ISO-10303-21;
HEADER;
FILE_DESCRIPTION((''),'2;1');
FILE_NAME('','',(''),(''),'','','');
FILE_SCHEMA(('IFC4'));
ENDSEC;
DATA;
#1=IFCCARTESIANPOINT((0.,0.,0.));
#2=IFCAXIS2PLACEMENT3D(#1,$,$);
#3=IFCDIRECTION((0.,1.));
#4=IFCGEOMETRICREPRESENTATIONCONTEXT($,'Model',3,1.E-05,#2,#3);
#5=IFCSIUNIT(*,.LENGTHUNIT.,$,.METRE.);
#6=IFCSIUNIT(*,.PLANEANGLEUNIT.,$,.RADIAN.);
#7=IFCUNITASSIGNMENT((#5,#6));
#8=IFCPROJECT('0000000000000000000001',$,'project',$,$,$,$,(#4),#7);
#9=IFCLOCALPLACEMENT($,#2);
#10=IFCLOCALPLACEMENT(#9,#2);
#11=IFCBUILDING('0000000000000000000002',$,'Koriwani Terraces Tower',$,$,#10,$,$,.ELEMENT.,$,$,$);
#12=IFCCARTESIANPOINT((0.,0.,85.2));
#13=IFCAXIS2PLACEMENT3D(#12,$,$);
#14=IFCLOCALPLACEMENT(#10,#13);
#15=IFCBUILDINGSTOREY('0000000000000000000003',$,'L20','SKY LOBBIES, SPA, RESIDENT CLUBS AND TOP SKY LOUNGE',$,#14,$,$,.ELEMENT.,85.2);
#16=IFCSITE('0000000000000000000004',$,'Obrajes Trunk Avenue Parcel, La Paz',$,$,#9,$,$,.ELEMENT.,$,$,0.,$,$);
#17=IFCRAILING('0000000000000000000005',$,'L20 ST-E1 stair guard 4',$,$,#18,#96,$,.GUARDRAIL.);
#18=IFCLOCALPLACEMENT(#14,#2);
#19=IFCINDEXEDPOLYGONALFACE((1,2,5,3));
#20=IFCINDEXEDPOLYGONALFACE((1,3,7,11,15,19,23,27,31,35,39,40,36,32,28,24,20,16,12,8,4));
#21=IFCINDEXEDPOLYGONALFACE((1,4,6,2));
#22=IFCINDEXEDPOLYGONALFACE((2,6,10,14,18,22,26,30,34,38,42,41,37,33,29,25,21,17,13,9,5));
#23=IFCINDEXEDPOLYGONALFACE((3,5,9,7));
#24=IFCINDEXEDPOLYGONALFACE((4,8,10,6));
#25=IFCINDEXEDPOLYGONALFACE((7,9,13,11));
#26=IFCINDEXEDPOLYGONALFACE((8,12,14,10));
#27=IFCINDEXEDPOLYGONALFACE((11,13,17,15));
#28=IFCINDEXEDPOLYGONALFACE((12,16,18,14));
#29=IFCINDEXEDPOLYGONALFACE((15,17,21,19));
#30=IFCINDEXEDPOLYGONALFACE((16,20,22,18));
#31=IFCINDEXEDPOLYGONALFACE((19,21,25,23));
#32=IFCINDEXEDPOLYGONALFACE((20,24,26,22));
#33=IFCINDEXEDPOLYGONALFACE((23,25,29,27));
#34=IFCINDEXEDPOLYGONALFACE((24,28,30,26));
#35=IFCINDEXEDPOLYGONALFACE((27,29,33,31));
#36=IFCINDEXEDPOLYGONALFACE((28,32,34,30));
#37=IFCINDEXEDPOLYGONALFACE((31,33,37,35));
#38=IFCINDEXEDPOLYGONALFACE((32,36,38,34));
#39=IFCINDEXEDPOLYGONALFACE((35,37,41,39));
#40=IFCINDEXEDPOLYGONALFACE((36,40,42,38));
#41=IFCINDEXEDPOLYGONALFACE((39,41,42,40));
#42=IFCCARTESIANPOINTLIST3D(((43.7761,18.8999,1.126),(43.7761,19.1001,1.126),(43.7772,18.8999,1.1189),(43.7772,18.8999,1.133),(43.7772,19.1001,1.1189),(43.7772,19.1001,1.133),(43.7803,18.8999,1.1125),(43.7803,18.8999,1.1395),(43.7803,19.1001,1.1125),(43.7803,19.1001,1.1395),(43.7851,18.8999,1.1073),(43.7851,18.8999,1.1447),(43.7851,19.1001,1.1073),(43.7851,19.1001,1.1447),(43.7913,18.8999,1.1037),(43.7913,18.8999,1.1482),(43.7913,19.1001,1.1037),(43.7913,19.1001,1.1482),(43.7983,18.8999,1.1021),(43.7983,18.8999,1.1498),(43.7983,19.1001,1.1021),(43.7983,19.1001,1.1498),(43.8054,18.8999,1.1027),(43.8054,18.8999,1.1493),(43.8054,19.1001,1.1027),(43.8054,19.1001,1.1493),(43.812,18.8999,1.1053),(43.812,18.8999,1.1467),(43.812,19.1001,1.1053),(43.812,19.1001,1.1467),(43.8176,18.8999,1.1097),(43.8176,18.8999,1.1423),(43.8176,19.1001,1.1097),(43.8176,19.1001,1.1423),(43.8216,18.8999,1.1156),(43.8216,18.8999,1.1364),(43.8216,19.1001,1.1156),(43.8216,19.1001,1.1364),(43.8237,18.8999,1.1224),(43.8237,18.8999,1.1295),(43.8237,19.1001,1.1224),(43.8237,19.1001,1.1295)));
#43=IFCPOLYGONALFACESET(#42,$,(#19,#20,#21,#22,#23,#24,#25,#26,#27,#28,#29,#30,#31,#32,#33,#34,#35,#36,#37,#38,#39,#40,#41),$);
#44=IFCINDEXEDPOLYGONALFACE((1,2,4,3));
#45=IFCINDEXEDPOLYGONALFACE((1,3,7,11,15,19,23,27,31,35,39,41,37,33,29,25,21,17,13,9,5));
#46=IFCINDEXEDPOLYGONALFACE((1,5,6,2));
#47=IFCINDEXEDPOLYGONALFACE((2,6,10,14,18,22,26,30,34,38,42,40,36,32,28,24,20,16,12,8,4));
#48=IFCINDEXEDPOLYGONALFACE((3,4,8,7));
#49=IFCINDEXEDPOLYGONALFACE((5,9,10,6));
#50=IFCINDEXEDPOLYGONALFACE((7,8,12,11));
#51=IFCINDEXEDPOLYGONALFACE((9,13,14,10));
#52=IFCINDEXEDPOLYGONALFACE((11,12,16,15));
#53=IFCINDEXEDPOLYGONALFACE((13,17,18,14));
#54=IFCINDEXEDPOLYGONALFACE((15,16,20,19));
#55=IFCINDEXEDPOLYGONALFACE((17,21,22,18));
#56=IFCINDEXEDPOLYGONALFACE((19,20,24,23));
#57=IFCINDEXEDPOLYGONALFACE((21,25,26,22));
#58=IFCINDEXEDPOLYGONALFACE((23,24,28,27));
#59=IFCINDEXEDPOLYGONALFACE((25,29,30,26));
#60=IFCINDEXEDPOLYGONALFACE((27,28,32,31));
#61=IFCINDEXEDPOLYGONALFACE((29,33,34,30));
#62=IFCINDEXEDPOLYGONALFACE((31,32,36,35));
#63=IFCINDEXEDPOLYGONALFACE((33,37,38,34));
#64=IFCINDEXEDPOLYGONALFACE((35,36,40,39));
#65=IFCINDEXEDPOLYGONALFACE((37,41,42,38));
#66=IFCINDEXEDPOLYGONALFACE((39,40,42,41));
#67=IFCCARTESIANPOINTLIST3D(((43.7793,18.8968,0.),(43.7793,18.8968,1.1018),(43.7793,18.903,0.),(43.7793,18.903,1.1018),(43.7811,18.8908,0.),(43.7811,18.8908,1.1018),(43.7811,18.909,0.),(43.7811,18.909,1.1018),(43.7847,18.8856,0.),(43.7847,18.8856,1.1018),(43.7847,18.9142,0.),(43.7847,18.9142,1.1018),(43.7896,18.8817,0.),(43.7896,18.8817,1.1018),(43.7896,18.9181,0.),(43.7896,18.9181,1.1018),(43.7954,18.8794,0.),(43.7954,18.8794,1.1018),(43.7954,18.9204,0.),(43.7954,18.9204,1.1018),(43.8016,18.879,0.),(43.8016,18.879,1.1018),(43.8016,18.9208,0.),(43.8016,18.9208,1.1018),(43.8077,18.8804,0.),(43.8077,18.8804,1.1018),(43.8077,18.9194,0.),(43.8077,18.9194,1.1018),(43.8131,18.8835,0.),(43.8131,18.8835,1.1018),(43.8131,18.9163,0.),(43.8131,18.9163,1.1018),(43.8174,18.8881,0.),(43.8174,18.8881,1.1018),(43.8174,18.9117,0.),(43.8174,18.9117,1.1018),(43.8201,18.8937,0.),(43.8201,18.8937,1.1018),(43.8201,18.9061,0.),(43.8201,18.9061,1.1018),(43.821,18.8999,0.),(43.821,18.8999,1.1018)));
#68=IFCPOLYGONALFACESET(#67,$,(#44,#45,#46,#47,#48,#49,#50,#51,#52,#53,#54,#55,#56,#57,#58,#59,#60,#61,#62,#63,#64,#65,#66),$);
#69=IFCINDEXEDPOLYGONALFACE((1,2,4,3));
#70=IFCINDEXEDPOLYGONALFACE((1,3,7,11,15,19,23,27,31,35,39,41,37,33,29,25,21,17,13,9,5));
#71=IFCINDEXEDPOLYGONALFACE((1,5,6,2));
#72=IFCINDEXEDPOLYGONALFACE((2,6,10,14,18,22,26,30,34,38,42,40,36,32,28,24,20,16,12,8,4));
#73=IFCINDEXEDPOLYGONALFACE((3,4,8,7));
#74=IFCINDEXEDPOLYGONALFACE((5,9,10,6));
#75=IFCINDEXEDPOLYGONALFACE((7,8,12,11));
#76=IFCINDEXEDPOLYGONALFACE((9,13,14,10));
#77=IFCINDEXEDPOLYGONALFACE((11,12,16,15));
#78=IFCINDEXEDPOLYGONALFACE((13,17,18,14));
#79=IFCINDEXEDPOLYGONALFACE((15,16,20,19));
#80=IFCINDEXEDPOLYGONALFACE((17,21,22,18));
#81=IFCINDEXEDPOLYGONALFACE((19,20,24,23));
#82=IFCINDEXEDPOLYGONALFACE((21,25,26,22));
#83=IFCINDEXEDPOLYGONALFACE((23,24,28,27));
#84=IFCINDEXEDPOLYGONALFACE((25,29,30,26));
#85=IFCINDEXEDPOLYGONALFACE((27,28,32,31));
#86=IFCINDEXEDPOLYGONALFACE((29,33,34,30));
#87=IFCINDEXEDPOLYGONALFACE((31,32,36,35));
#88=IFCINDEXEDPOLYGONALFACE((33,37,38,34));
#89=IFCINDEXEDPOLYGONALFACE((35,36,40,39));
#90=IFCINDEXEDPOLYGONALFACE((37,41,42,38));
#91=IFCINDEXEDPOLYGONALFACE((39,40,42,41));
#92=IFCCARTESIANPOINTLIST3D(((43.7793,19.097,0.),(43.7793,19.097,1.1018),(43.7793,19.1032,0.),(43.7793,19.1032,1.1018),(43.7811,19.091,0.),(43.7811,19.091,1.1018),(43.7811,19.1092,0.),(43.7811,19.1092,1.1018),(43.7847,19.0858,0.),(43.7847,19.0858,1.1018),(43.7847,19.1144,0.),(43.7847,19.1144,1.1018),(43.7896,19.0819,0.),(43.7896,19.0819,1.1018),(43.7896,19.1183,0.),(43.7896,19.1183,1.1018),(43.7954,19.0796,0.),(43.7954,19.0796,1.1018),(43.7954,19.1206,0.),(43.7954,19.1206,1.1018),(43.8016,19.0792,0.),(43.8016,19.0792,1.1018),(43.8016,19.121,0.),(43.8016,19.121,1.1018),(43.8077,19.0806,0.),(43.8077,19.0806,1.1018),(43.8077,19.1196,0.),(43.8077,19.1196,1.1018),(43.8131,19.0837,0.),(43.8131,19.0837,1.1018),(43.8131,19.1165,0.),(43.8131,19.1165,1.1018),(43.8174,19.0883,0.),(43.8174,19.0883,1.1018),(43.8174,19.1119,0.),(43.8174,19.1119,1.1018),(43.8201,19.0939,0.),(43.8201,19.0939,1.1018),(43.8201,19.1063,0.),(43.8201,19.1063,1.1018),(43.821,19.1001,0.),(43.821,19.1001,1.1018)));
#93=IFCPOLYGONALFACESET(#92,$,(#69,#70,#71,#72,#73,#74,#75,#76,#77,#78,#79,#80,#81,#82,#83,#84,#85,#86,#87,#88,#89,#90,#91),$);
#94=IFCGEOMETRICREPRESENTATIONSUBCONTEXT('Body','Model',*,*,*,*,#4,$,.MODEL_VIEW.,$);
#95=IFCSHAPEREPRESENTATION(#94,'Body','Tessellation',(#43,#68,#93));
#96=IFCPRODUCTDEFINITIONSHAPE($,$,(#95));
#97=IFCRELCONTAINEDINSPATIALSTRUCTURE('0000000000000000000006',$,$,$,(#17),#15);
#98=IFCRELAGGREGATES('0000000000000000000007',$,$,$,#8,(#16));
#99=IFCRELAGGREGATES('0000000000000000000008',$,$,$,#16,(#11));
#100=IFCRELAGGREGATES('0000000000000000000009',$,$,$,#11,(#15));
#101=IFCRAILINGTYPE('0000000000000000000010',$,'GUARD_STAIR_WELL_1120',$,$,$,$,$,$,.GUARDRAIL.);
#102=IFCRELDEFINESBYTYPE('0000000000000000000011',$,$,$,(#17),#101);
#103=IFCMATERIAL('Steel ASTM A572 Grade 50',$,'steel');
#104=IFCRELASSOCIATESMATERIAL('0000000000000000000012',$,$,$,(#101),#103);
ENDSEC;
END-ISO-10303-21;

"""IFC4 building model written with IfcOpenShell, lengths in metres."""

from ifc_helpers import new_model, si_unit, direction, frame, origin, origin_2d, place, context, subcontext, project, spatial, circle, extrude, material, type_object, element, save


model = new_model("IFC4")

# Units and contexts
model_context = context("Model", 3, precision=1e-05, world=origin(), true_north=direction((0.0, 1.0)))
body_context = subcontext(model_context, "Body", "Model", "MODEL_VIEW")
ifc_project = project(units=[si_unit("LENGTHUNIT", "METRE"), si_unit("PLANEANGLEUNIT", "RADIAN")], contexts=[model_context])

# Site, building, storey
site_placement = place(None, origin())
site = spatial("IfcSite", under=ifc_project, at=site_placement, Name="Obrajes Trunk Avenue Parcel, La Paz", CompositionType="ELEMENT", RefElevation=0.0)
building_placement = place(site_placement, origin())
building = spatial("IfcBuilding", under=site, at=building_placement, Name="Koriwani Terraces Tower", CompositionType="ELEMENT")
storey_placement = place(building_placement, frame((0.0, 0.0, 85.2)))
storey = spatial("IfcBuildingStorey", under=building, at=storey_placement, Name="L20", Description="SKY LOBBIES, SPA, RESIDENT CLUBS AND TOP SKY LOUNGE", CompositionType="ELEMENT", Elevation=85.2)

# Shared definitions
ifc_material_1 = material(Name="Steel ASTM A572 Grade 50", Category="steel")

# Railing
railing_type_1 = type_object("IfcRailingType", Name="GUARD_STAIR_WELL_1120", PredefinedType="GUARDRAIL", material=ifc_material_1)
railing_1_placement = place(storey_placement, frame((43.8, 18.8999, 0.0)))
element("IfcRailing", 1, at=railing_1_placement, inside=storey, type_object=railing_type_1, Name="L20 ST-E1 stair guard 4", PredefinedType="GUARDRAIL", context=body_context, shape_type="SweptSolid", body=[
    extrude(circle(Radius=0.0239, at=origin_2d()), frame((0.0, 0.0, 1.126), z_axis=(0.0, 1.0, 0.0), x_axis=(-1.0, 0.0, 0.0)), (0.0, 0.0, 1.0), 0.2002),
    extrude(circle(Radius=0.021, at=origin_2d()), origin(), (0.0, 0.0, 1.0), 1.1018),
    extrude(circle(Radius=0.021, at=origin_2d()), frame((0.0, 0.2002, 0.0)), (0.0, 0.0, 1.0), 1.1018),
])

save(model, "model.ifc")
